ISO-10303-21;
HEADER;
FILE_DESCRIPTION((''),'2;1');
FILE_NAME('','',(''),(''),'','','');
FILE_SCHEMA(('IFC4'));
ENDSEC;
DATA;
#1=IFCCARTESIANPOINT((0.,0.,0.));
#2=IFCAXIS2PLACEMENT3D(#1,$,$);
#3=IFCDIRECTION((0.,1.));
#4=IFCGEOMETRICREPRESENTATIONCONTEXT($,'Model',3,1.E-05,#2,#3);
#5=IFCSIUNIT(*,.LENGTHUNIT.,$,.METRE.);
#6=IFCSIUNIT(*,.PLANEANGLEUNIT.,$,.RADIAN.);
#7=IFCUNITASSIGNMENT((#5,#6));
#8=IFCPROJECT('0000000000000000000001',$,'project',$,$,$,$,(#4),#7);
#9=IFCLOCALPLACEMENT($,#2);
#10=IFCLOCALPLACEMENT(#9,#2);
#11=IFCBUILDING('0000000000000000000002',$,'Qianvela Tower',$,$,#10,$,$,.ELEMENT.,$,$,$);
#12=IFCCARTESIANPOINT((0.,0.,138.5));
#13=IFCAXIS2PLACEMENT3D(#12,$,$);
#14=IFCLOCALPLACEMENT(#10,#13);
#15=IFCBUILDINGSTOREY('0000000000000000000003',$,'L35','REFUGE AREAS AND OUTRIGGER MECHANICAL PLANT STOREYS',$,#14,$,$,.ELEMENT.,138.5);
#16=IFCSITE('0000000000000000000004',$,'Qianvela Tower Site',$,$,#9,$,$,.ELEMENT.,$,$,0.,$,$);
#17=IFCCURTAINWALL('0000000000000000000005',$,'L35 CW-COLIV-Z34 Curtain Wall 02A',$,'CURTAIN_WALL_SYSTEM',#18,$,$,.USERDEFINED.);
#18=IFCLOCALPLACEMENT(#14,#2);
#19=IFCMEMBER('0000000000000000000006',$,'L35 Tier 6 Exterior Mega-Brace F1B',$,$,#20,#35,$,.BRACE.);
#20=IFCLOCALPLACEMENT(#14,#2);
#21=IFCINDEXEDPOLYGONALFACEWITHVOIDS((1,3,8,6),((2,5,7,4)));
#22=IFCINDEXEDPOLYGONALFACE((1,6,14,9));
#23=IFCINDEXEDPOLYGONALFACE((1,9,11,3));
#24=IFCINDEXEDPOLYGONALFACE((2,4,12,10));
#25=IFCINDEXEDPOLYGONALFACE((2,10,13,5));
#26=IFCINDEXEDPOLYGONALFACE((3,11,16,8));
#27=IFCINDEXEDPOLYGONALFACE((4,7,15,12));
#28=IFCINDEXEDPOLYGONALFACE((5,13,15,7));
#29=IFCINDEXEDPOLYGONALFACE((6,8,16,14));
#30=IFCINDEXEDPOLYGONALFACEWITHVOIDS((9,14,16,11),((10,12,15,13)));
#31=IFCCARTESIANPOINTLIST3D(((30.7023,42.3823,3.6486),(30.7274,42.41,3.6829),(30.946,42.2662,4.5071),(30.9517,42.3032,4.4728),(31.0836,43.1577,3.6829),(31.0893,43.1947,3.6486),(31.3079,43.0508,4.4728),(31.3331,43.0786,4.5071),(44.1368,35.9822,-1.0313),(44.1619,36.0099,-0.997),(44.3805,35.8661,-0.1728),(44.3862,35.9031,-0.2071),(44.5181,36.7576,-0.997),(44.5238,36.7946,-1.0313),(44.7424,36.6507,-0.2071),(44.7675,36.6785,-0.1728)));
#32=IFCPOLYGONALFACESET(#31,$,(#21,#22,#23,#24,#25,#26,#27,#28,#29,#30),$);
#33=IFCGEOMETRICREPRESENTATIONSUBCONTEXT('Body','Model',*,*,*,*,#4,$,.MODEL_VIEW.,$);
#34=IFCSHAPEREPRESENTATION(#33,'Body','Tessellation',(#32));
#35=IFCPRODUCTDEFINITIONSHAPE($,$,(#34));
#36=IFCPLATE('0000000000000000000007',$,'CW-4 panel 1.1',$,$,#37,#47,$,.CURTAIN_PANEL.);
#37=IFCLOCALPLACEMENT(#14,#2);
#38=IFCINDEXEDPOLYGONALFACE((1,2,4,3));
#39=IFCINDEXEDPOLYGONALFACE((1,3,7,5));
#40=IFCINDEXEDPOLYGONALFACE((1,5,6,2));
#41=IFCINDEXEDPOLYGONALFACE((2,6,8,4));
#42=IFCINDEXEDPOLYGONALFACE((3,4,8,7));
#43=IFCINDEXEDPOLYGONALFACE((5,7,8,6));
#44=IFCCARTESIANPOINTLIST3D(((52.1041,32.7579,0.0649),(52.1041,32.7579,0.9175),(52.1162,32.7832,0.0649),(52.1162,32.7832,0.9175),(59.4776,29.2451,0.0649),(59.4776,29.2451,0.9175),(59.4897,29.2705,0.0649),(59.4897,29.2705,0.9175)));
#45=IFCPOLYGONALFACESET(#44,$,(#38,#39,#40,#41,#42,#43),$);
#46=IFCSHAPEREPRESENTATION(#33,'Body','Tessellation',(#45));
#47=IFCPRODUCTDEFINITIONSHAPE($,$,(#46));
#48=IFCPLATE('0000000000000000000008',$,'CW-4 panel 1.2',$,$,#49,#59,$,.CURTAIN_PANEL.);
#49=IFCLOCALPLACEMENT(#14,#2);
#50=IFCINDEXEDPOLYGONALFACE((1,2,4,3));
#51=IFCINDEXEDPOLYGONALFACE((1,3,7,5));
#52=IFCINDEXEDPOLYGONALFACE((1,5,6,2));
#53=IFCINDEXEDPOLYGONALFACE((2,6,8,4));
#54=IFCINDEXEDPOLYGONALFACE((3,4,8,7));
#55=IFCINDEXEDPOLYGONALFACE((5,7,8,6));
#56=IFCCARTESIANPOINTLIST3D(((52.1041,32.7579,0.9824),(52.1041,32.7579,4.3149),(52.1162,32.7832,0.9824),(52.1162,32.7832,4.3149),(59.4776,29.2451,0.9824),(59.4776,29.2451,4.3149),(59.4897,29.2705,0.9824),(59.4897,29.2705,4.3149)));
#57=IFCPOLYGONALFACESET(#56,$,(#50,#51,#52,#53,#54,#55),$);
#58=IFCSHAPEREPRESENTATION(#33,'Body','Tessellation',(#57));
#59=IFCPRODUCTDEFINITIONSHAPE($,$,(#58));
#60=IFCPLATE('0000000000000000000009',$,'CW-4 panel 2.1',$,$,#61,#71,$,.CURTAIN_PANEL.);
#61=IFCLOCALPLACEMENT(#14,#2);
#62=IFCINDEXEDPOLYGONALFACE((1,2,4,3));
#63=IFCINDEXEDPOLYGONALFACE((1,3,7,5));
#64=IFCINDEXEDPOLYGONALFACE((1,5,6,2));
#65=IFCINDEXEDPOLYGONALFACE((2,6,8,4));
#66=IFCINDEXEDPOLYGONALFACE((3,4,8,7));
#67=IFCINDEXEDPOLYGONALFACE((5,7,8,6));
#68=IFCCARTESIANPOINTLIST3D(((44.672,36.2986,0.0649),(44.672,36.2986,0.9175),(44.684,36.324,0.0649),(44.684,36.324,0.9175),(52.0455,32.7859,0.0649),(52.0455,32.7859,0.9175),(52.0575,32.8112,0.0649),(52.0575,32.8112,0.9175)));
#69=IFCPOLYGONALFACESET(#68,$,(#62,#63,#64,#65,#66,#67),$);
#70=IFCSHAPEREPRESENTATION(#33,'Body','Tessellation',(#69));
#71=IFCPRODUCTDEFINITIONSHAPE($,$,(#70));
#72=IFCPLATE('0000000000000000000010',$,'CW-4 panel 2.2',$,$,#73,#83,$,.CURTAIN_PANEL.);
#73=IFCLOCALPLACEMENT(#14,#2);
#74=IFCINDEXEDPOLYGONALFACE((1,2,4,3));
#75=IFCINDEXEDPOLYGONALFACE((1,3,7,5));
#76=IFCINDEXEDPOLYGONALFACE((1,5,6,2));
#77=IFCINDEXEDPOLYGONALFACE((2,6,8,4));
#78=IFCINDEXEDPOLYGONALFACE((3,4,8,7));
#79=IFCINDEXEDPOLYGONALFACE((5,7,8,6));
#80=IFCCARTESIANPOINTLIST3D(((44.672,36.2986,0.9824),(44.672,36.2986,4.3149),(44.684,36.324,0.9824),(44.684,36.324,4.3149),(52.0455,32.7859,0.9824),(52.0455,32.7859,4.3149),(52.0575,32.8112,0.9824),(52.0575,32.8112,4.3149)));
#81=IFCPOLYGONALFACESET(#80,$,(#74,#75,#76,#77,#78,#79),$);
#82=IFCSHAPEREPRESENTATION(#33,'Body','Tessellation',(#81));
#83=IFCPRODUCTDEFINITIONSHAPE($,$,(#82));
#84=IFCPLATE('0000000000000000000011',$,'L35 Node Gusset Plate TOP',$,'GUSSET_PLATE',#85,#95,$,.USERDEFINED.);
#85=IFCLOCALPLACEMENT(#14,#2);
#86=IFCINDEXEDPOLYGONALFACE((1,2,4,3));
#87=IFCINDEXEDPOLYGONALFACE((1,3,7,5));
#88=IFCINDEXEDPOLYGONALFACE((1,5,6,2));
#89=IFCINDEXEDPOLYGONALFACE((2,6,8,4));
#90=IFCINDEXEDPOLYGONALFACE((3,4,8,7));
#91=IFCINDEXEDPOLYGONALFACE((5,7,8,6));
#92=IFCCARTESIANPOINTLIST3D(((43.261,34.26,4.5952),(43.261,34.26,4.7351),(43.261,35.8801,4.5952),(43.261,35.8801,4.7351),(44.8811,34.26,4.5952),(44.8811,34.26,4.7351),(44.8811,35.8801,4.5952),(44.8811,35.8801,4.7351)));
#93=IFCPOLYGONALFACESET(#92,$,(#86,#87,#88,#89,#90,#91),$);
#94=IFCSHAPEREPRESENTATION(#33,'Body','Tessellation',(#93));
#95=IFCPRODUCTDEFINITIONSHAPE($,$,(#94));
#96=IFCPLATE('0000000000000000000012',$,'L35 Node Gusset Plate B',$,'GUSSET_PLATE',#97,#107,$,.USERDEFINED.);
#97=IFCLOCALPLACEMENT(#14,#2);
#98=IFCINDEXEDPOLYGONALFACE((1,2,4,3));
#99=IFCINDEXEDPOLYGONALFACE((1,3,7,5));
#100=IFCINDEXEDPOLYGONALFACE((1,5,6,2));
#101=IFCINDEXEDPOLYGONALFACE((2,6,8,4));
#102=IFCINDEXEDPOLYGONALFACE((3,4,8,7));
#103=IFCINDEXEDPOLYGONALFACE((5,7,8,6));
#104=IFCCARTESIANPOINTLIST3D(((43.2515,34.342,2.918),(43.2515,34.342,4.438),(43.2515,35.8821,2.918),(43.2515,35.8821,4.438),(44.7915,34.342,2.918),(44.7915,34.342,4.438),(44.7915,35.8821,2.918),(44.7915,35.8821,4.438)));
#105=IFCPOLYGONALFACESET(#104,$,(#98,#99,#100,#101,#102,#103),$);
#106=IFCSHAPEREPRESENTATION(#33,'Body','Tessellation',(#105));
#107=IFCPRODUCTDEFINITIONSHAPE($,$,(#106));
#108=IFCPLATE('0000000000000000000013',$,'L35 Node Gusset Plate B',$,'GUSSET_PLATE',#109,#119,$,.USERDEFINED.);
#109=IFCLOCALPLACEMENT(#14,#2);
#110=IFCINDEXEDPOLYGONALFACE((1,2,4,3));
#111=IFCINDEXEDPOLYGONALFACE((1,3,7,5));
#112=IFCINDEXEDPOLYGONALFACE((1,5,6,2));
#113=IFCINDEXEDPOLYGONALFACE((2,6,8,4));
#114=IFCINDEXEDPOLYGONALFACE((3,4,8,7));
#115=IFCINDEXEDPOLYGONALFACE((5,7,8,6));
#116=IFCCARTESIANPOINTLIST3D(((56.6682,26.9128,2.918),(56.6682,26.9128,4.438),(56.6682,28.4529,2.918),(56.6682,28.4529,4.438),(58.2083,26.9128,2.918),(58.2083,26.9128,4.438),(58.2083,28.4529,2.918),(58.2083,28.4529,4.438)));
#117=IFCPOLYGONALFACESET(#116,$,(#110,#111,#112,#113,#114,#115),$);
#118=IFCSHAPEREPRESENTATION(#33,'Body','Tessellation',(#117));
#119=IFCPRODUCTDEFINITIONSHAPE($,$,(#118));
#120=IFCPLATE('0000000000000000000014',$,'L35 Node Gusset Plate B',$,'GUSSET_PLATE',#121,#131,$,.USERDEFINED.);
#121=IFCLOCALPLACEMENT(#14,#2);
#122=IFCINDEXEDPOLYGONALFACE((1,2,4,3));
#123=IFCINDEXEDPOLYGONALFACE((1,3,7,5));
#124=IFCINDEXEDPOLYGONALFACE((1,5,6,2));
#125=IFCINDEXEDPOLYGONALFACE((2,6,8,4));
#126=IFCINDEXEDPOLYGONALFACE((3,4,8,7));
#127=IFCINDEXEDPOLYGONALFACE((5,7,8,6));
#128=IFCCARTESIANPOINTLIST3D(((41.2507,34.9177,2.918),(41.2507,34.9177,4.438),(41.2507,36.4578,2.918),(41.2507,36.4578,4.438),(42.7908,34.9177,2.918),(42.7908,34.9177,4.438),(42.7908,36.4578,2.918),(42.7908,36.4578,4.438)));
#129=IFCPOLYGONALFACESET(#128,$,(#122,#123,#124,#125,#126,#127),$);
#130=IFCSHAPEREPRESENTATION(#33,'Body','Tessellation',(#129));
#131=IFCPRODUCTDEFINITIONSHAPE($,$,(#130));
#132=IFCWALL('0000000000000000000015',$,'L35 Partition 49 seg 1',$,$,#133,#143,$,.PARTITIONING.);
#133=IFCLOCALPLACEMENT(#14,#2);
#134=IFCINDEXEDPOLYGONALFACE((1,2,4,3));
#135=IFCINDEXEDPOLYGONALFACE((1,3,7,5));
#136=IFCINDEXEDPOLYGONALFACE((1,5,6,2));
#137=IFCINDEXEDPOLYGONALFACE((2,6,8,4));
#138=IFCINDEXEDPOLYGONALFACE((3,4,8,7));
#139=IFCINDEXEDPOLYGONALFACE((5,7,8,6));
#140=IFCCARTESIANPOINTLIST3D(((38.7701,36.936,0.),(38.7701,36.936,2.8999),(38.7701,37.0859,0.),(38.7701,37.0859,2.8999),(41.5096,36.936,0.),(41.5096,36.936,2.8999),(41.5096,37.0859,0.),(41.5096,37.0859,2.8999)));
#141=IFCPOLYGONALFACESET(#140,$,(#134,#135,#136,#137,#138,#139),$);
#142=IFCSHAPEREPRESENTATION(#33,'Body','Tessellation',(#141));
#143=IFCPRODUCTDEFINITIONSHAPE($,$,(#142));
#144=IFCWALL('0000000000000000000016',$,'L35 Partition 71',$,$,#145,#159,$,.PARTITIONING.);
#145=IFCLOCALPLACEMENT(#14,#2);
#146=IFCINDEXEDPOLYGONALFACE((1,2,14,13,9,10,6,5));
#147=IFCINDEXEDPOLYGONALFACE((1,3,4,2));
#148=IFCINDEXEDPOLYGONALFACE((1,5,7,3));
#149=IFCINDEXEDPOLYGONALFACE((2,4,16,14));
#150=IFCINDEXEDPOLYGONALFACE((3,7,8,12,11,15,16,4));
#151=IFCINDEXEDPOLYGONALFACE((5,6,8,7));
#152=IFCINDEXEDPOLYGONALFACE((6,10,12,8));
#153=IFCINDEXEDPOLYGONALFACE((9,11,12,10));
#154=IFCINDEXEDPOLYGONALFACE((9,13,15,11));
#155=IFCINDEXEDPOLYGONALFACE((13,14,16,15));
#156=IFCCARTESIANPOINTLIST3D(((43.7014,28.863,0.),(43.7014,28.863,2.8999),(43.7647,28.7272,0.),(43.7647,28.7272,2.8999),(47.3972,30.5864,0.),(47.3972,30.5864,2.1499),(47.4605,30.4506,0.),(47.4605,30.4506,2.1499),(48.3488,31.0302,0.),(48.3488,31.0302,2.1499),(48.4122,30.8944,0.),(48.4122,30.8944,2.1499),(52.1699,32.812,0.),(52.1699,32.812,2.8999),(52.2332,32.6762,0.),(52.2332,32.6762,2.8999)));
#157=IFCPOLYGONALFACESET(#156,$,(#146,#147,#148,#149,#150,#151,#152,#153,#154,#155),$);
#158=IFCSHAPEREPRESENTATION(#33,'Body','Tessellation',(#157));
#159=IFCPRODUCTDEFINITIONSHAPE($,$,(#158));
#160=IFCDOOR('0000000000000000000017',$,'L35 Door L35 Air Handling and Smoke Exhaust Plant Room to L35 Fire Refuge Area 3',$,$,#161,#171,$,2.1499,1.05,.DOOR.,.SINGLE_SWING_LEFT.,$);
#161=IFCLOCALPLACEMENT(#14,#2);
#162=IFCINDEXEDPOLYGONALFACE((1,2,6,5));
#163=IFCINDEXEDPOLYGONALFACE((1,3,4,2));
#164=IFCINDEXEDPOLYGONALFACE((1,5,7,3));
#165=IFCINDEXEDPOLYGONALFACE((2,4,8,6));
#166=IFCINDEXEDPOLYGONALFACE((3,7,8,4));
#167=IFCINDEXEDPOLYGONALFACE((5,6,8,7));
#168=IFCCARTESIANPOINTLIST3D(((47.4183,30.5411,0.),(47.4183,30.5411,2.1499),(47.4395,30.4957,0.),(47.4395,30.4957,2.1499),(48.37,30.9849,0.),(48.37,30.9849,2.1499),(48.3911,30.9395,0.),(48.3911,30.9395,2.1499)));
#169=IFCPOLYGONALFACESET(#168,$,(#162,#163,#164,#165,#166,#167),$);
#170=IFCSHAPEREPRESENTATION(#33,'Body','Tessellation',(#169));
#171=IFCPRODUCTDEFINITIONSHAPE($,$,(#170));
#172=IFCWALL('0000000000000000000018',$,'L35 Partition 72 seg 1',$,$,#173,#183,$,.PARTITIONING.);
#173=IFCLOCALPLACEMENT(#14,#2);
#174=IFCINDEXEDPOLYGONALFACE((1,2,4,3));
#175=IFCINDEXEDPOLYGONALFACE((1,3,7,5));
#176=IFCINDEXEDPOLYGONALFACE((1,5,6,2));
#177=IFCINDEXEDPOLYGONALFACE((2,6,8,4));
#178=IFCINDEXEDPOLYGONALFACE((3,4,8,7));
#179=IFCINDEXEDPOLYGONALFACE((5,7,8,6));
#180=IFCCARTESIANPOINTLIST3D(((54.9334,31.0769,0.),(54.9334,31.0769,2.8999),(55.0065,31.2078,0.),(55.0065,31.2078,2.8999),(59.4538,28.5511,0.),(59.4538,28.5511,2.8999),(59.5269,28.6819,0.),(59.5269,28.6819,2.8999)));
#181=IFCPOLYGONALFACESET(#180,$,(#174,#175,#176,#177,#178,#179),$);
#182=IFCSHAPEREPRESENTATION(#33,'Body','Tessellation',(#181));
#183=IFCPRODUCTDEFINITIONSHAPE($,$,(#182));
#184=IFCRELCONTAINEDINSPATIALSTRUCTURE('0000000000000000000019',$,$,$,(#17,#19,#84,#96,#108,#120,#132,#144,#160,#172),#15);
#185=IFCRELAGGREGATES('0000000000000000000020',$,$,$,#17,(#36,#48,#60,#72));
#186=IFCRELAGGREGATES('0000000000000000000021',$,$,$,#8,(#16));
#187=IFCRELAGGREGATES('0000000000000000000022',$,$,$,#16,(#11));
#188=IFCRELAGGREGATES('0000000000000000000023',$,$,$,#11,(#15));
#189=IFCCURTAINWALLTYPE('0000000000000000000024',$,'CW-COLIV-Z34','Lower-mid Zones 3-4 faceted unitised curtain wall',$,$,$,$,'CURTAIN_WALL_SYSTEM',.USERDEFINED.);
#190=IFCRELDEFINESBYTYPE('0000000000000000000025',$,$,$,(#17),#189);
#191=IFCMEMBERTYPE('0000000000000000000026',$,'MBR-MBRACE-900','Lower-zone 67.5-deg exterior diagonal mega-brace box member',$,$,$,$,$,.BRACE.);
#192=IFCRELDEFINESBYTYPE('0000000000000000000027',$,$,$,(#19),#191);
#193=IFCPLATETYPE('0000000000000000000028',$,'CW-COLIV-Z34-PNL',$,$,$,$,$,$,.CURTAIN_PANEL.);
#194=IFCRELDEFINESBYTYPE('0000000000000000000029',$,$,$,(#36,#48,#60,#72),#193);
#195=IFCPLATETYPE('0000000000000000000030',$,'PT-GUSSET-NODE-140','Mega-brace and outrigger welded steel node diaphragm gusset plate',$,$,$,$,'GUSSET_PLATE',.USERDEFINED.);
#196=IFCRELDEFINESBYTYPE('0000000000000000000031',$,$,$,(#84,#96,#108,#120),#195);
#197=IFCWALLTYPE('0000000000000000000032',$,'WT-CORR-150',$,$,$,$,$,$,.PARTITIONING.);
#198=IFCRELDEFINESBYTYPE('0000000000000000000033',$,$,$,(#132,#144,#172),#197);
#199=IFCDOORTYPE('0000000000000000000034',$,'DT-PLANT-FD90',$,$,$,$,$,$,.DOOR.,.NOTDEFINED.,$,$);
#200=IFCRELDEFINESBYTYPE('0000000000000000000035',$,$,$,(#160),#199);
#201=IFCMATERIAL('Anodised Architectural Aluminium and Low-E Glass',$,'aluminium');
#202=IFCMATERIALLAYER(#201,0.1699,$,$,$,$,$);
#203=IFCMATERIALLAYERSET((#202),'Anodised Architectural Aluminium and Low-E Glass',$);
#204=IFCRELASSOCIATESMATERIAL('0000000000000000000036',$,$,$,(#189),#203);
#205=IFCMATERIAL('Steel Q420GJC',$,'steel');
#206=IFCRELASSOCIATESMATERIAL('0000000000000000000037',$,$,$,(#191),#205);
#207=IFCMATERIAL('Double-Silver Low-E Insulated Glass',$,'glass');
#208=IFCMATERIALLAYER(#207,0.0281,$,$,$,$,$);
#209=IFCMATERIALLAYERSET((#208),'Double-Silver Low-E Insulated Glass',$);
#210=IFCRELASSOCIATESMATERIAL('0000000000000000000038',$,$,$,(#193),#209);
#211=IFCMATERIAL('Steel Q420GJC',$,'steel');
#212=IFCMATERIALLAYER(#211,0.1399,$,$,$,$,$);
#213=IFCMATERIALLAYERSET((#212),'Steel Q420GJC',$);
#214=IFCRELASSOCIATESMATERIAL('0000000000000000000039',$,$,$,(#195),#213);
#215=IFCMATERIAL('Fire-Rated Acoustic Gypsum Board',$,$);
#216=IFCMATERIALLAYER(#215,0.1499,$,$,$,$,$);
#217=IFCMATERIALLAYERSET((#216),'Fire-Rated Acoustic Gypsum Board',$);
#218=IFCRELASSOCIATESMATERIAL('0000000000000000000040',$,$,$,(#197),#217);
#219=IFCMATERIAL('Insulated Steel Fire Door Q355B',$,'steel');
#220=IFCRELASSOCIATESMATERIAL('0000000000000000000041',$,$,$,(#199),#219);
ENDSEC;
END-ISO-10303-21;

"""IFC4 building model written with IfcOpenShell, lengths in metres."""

from ifc_helpers import new_model, si_unit, direction, frame, frame_2d, origin, origin_2d, place, context, subcontext, project, spatial, rectangle, hollow_rectangle, extrude, material, layer, layer_set, material_profile, profile_set, type_object, element, fill, aggregate, save


model = new_model("IFC4")

# Units and contexts
model_context = context("Model", 3, precision=1e-05, world=origin(), true_north=direction((0.0, 1.0)))
body_context = subcontext(model_context, "Body", "Model", "MODEL_VIEW")
ifc_project = project(units=[si_unit("LENGTHUNIT", "METRE"), si_unit("PLANEANGLEUNIT", "RADIAN")], contexts=[model_context])

# Site, building, storey
site_placement = place(None, origin())
site = spatial("IfcSite", under=ifc_project, at=site_placement, Name="Qianvela Tower Site", CompositionType="ELEMENT", RefElevation=0.0)
building_placement = place(site_placement, origin())
building = spatial("IfcBuilding", under=site, at=building_placement, Name="Qianvela Tower", CompositionType="ELEMENT")
storey_placement = place(building_placement, frame((0.0, 0.0, 138.5)))
storey = spatial("IfcBuildingStorey", under=building, at=storey_placement, Name="L35", Description="REFUGE AREAS AND OUTRIGGER MECHANICAL PLANT STOREYS", CompositionType="ELEMENT", Elevation=138.5)

# Curtain wall
ifc_material_1 = material(Name="Anodised Architectural Aluminium and Low-E Glass", Category="aluminium")
ifc_layer_1 = layer(ifc_material_1, 0.1699)
ifc_layer_set_1 = layer_set([ifc_layer_1], Name="Anodised Architectural Aluminium and Low-E Glass")
curtain_wall_type_1 = type_object("IfcCurtainWallType", Name="CW-COLIV-Z34", Description="Lower-mid Zones 3-4 faceted unitised curtain wall", ElementType="CURTAIN_WALL_SYSTEM", PredefinedType="USERDEFINED", material=ifc_layer_set_1)
curtain_wall_1_placement = place(storey_placement, origin())
curtain_wall_1 = element("IfcCurtainWall", 1, at=curtain_wall_1_placement, inside=storey, type_object=curtain_wall_type_1, Name="L35 CW-COLIV-Z34 Curtain Wall 02A", ObjectType="CURTAIN_WALL_SYSTEM", PredefinedType="USERDEFINED")

# Member
ifc_material_2 = material(Name="Steel Q420GJC", Category="steel")
ifc_material_profile_1 = material_profile(ifc_material_2, hollow_rectangle(XDim=0.8999, YDim=0.8999, WallThickness=0.0359, at=origin_2d()), Name="MBOX-900x900x36")
ifc_profile_set_1 = profile_set([ifc_material_profile_1], Name="Steel Q420GJC")
member_type_1 = type_object("IfcMemberType", Name="MBR-MBRACE-900", Description="Lower-zone 67.5-deg exterior diagonal mega-brace box member", PredefinedType="BRACE", material=ifc_profile_set_1)
member_1_placement = place(storey_placement, frame((44.4521, 36.3303, -0.6021), z_axis=(-0.861206, 0.410273, 0.300001), x_axis=(-0.430083, -0.902789, 0.0)))
element("IfcMember", 2, at=member_1_placement, inside=storey, type_object=member_type_1, Name="L35 Tier 6 Exterior Mega-Brace F1B", PredefinedType="BRACE", context=body_context, shape_type="SweptSolid", body=[
    extrude(hollow_rectangle(XDim=0.8999, YDim=0.8999, WallThickness=0.0359, at=origin_2d()), origin(), (0.0, 0.0, 1.0), 15.5996),
])

# Plates
ifc_material_3 = material(Name="Double-Silver Low-E Insulated Glass", Category="glass")
ifc_layer_2 = layer(ifc_material_3, 0.0281)
ifc_layer_set_2 = layer_set([ifc_layer_2], Name="Double-Silver Low-E Insulated Glass")
plate_type_1 = type_object("IfcPlateType", Name="CW-COLIV-Z34-PNL", PredefinedType="CURTAIN_PANEL", material=ifc_layer_set_2)
plate_1_placement = place(storey_placement, frame((55.7969, 31.0142, 0.0649), z_axis=(0.0, 0.0, 1.0), x_axis=(-0.902786, 0.430089, 0.0)))
plate_1 = element("IfcPlate", 3, at=plate_1_placement, type_object=plate_type_1, Name="CW-4 panel 1.1", PredefinedType="CURTAIN_PANEL", context=body_context, shape_type="SweptSolid", body=[
    extrude(rectangle(XDim=8.1675, YDim=0.0281, at=origin_2d()), origin(), (0.0, 0.0, 1.0), 0.8525),
])
plate_2_placement = place(storey_placement, frame((55.7969, 31.0142, 0.9824), z_axis=(0.0, 0.0, 1.0), x_axis=(-0.902786, 0.430089, 0.0)))
plate_2 = element("IfcPlate", 4, at=plate_2_placement, type_object=plate_type_1, Name="CW-4 panel 1.2", PredefinedType="CURTAIN_PANEL", context=body_context, shape_type="SweptSolid", body=[
    extrude(rectangle(XDim=8.1675, YDim=0.0281, at=origin_2d()), origin(), (0.0, 0.0, 1.0), 3.3325),
])
plate_3_placement = place(storey_placement, frame((48.3647, 34.5549, 0.0649), z_axis=(0.0, 0.0, 1.0), x_axis=(-0.902786, 0.430089, 0.0)))
plate_3 = element("IfcPlate", 5, at=plate_3_placement, type_object=plate_type_1, Name="CW-4 panel 2.1", PredefinedType="CURTAIN_PANEL", context=body_context, shape_type="SweptSolid", body=[
    extrude(rectangle(XDim=8.1675, YDim=0.0281, at=origin_2d()), origin(), (0.0, 0.0, 1.0), 0.8525),
])
plate_4_placement = place(storey_placement, frame((48.3647, 34.5549, 0.9824), z_axis=(0.0, 0.0, 1.0), x_axis=(-0.902786, 0.430089, 0.0)))
plate_4 = element("IfcPlate", 6, at=plate_4_placement, type_object=plate_type_1, Name="CW-4 panel 2.2", PredefinedType="CURTAIN_PANEL", context=body_context, shape_type="SweptSolid", body=[
    extrude(rectangle(XDim=8.1675, YDim=0.0281, at=origin_2d()), origin(), (0.0, 0.0, 1.0), 3.3325),
])
aggregate(curtain_wall_1, [plate_1, plate_2, plate_3, plate_4])

# Plates
ifc_material_4 = material(Name="Steel Q420GJC", Category="steel")
ifc_layer_3 = layer(ifc_material_4, 0.1399)
ifc_layer_set_3 = layer_set([ifc_layer_3], Name="Steel Q420GJC")
plate_type_2 = type_object("IfcPlateType", Name="PT-GUSSET-NODE-140", Description="Mega-brace and outrigger welded steel node diaphragm gusset plate", ElementType="GUSSET_PLATE", PredefinedType="USERDEFINED", material=ifc_layer_set_3)
plate_5_placement = place(storey_placement, frame((44.071, 35.0701, 4.5952), z_axis=(0.0, 0.0, 1.0), x_axis=(1.0, 0.0, 0.0)))
element("IfcPlate", 7, at=plate_5_placement, inside=storey, type_object=plate_type_2, Name="L35 Node Gusset Plate TOP", ObjectType="GUSSET_PLATE", PredefinedType="USERDEFINED", context=body_context, shape_type="SweptSolid", body=[
    extrude(rectangle(XDim=1.6201, YDim=1.6201, at=origin_2d()), origin(), (0.0, 0.0, 1.0), 0.1399),
])
for number, where, z_axis, x_axis, name in (
    (8, (44.0215, 35.1121, 2.918), (0.0, 0.0, 1.0), (1.0, 0.0, 0.0), "L35 Node Gusset Plate B"),
    (9, (57.4382, 27.6829, 2.918), (0.0, 0.0, 1.0), (1.0, 0.0, 0.0), "L35 Node Gusset Plate B"),
    (10, (42.0208, 35.6877, 2.918), (0.0, 0.0, 1.0), (1.0, 0.0, 0.0), "L35 Node Gusset Plate B"),
):
    element("IfcPlate", number, at=place(storey_placement, frame(where, z_axis=z_axis, x_axis=x_axis)), inside=storey, type_object=plate_type_2, Name=name, ObjectType="GUSSET_PLATE", PredefinedType="USERDEFINED", context=body_context, shape_type="SweptSolid", body=[
        extrude(rectangle(XDim=1.54, YDim=1.54, at=origin_2d()), origin(), (0.0, 0.0, 1.0), 1.52),
    ])

# Wall
ifc_material_5 = material(Name="Fire-Rated Acoustic Gypsum Board")
ifc_layer_4 = layer(ifc_material_5, 0.1499)
ifc_layer_set_4 = layer_set([ifc_layer_4], Name="Fire-Rated Acoustic Gypsum Board")
wall_type_1 = type_object("IfcWallType", Name="WT-CORR-150", PredefinedType="PARTITIONING", material=ifc_layer_set_4)
wall_1_placement = place(storey_placement, frame((41.5095, 37.011, 0.0), z_axis=(0.0, 0.0, 1.0), x_axis=(-1.0, 0.0, 0.0)))
element("IfcWall", 11, at=wall_1_placement, inside=storey, type_object=wall_type_1, Name="L35 Partition 49 seg 1", PredefinedType="PARTITIONING", context=body_context, shape_type="SweptSolid", body=[
    extrude(rectangle(XDim=2.7395, YDim=0.1499, at=frame_2d((1.3696, 0.0))), origin(), (0.0, 0.0, 1.0), 2.8999),
])

# Wall, opening, door
wall_2_placement = place(storey_placement, frame((43.7332, 28.7952, 0.0), z_axis=(0.0, 0.0, 1.0), x_axis=(0.906306, 0.422622, 0.0)))
wall_2 = element("IfcWall", 12, at=wall_2_placement, inside=storey, type_object=wall_type_1, Name="L35 Partition 71", PredefinedType="PARTITIONING", context=body_context, shape_type="SweptSolid", body=[
    extrude(rectangle(XDim=9.344, YDim=0.1499, at=frame_2d((4.6719, 0.0))), origin(), (0.0, 0.0, 1.0), 2.8999),
])
opening_placement = place(wall_2_placement, frame((4.0779, 0.0, 0.0)))
opening = element("IfcOpeningElement", 13, at=opening_placement, cuts=wall_2, PredefinedType="OPENING", context=body_context, shape_type="SweptSolid", body=[
    extrude(rectangle(XDim=1.05, YDim=2.1499, at=frame_2d((0.5249, 1.075))), frame((0.0, 0.085, 0.0), z_axis=(0.0, -1.0, 0.0), x_axis=(1.0, 0.0, 0.0)), (0.0, 0.0, 1.0), 0.1699),
])
ifc_material_6 = material(Name="Insulated Steel Fire Door Q355B", Category="steel")
door_type = type_object("IfcDoorType", Name="DT-PLANT-FD90", OperationType="NOTDEFINED", PredefinedType="DOOR", material=ifc_material_6)
door_placement = place(opening_placement, origin())
door = element("IfcDoor", 14, at=door_placement, inside=storey, type_object=door_type, Name="L35 Door L35 Air Handling and Smoke Exhaust Plant Room to L35 Fire Refuge Area 3", OperationType="SINGLE_SWING_LEFT", OverallHeight=2.1499, OverallWidth=1.05, PredefinedType="DOOR", context=body_context, shape_type="SweptSolid", body=[
    extrude(rectangle(XDim=1.05, YDim=2.1499, at=frame_2d((0.5249, 1.075))), frame((0.0, 0.0249, 0.0), z_axis=(0.0, -1.0, 0.0), x_axis=(1.0, 0.0, 0.0)), (0.0, 0.0, 1.0), 0.05),
])
fill(opening, door)

# Wall
wall_3_placement = place(storey_placement, frame((54.97, 31.1423, 0.0), z_axis=(0.0, 0.0, 1.0), x_axis=(0.872967, -0.487779, 0.0)))
element("IfcWall", 15, at=wall_3_placement, inside=storey, type_object=wall_type_1, Name="L35 Partition 72 seg 1", PredefinedType="PARTITIONING", context=body_context, shape_type="SweptSolid", body=[
    extrude(rectangle(XDim=5.1782, YDim=0.1499, at=frame_2d((2.5891, 0.0))), origin(), (0.0, 0.0, 1.0), 2.8999),
])

save(model, "model.ifc")
